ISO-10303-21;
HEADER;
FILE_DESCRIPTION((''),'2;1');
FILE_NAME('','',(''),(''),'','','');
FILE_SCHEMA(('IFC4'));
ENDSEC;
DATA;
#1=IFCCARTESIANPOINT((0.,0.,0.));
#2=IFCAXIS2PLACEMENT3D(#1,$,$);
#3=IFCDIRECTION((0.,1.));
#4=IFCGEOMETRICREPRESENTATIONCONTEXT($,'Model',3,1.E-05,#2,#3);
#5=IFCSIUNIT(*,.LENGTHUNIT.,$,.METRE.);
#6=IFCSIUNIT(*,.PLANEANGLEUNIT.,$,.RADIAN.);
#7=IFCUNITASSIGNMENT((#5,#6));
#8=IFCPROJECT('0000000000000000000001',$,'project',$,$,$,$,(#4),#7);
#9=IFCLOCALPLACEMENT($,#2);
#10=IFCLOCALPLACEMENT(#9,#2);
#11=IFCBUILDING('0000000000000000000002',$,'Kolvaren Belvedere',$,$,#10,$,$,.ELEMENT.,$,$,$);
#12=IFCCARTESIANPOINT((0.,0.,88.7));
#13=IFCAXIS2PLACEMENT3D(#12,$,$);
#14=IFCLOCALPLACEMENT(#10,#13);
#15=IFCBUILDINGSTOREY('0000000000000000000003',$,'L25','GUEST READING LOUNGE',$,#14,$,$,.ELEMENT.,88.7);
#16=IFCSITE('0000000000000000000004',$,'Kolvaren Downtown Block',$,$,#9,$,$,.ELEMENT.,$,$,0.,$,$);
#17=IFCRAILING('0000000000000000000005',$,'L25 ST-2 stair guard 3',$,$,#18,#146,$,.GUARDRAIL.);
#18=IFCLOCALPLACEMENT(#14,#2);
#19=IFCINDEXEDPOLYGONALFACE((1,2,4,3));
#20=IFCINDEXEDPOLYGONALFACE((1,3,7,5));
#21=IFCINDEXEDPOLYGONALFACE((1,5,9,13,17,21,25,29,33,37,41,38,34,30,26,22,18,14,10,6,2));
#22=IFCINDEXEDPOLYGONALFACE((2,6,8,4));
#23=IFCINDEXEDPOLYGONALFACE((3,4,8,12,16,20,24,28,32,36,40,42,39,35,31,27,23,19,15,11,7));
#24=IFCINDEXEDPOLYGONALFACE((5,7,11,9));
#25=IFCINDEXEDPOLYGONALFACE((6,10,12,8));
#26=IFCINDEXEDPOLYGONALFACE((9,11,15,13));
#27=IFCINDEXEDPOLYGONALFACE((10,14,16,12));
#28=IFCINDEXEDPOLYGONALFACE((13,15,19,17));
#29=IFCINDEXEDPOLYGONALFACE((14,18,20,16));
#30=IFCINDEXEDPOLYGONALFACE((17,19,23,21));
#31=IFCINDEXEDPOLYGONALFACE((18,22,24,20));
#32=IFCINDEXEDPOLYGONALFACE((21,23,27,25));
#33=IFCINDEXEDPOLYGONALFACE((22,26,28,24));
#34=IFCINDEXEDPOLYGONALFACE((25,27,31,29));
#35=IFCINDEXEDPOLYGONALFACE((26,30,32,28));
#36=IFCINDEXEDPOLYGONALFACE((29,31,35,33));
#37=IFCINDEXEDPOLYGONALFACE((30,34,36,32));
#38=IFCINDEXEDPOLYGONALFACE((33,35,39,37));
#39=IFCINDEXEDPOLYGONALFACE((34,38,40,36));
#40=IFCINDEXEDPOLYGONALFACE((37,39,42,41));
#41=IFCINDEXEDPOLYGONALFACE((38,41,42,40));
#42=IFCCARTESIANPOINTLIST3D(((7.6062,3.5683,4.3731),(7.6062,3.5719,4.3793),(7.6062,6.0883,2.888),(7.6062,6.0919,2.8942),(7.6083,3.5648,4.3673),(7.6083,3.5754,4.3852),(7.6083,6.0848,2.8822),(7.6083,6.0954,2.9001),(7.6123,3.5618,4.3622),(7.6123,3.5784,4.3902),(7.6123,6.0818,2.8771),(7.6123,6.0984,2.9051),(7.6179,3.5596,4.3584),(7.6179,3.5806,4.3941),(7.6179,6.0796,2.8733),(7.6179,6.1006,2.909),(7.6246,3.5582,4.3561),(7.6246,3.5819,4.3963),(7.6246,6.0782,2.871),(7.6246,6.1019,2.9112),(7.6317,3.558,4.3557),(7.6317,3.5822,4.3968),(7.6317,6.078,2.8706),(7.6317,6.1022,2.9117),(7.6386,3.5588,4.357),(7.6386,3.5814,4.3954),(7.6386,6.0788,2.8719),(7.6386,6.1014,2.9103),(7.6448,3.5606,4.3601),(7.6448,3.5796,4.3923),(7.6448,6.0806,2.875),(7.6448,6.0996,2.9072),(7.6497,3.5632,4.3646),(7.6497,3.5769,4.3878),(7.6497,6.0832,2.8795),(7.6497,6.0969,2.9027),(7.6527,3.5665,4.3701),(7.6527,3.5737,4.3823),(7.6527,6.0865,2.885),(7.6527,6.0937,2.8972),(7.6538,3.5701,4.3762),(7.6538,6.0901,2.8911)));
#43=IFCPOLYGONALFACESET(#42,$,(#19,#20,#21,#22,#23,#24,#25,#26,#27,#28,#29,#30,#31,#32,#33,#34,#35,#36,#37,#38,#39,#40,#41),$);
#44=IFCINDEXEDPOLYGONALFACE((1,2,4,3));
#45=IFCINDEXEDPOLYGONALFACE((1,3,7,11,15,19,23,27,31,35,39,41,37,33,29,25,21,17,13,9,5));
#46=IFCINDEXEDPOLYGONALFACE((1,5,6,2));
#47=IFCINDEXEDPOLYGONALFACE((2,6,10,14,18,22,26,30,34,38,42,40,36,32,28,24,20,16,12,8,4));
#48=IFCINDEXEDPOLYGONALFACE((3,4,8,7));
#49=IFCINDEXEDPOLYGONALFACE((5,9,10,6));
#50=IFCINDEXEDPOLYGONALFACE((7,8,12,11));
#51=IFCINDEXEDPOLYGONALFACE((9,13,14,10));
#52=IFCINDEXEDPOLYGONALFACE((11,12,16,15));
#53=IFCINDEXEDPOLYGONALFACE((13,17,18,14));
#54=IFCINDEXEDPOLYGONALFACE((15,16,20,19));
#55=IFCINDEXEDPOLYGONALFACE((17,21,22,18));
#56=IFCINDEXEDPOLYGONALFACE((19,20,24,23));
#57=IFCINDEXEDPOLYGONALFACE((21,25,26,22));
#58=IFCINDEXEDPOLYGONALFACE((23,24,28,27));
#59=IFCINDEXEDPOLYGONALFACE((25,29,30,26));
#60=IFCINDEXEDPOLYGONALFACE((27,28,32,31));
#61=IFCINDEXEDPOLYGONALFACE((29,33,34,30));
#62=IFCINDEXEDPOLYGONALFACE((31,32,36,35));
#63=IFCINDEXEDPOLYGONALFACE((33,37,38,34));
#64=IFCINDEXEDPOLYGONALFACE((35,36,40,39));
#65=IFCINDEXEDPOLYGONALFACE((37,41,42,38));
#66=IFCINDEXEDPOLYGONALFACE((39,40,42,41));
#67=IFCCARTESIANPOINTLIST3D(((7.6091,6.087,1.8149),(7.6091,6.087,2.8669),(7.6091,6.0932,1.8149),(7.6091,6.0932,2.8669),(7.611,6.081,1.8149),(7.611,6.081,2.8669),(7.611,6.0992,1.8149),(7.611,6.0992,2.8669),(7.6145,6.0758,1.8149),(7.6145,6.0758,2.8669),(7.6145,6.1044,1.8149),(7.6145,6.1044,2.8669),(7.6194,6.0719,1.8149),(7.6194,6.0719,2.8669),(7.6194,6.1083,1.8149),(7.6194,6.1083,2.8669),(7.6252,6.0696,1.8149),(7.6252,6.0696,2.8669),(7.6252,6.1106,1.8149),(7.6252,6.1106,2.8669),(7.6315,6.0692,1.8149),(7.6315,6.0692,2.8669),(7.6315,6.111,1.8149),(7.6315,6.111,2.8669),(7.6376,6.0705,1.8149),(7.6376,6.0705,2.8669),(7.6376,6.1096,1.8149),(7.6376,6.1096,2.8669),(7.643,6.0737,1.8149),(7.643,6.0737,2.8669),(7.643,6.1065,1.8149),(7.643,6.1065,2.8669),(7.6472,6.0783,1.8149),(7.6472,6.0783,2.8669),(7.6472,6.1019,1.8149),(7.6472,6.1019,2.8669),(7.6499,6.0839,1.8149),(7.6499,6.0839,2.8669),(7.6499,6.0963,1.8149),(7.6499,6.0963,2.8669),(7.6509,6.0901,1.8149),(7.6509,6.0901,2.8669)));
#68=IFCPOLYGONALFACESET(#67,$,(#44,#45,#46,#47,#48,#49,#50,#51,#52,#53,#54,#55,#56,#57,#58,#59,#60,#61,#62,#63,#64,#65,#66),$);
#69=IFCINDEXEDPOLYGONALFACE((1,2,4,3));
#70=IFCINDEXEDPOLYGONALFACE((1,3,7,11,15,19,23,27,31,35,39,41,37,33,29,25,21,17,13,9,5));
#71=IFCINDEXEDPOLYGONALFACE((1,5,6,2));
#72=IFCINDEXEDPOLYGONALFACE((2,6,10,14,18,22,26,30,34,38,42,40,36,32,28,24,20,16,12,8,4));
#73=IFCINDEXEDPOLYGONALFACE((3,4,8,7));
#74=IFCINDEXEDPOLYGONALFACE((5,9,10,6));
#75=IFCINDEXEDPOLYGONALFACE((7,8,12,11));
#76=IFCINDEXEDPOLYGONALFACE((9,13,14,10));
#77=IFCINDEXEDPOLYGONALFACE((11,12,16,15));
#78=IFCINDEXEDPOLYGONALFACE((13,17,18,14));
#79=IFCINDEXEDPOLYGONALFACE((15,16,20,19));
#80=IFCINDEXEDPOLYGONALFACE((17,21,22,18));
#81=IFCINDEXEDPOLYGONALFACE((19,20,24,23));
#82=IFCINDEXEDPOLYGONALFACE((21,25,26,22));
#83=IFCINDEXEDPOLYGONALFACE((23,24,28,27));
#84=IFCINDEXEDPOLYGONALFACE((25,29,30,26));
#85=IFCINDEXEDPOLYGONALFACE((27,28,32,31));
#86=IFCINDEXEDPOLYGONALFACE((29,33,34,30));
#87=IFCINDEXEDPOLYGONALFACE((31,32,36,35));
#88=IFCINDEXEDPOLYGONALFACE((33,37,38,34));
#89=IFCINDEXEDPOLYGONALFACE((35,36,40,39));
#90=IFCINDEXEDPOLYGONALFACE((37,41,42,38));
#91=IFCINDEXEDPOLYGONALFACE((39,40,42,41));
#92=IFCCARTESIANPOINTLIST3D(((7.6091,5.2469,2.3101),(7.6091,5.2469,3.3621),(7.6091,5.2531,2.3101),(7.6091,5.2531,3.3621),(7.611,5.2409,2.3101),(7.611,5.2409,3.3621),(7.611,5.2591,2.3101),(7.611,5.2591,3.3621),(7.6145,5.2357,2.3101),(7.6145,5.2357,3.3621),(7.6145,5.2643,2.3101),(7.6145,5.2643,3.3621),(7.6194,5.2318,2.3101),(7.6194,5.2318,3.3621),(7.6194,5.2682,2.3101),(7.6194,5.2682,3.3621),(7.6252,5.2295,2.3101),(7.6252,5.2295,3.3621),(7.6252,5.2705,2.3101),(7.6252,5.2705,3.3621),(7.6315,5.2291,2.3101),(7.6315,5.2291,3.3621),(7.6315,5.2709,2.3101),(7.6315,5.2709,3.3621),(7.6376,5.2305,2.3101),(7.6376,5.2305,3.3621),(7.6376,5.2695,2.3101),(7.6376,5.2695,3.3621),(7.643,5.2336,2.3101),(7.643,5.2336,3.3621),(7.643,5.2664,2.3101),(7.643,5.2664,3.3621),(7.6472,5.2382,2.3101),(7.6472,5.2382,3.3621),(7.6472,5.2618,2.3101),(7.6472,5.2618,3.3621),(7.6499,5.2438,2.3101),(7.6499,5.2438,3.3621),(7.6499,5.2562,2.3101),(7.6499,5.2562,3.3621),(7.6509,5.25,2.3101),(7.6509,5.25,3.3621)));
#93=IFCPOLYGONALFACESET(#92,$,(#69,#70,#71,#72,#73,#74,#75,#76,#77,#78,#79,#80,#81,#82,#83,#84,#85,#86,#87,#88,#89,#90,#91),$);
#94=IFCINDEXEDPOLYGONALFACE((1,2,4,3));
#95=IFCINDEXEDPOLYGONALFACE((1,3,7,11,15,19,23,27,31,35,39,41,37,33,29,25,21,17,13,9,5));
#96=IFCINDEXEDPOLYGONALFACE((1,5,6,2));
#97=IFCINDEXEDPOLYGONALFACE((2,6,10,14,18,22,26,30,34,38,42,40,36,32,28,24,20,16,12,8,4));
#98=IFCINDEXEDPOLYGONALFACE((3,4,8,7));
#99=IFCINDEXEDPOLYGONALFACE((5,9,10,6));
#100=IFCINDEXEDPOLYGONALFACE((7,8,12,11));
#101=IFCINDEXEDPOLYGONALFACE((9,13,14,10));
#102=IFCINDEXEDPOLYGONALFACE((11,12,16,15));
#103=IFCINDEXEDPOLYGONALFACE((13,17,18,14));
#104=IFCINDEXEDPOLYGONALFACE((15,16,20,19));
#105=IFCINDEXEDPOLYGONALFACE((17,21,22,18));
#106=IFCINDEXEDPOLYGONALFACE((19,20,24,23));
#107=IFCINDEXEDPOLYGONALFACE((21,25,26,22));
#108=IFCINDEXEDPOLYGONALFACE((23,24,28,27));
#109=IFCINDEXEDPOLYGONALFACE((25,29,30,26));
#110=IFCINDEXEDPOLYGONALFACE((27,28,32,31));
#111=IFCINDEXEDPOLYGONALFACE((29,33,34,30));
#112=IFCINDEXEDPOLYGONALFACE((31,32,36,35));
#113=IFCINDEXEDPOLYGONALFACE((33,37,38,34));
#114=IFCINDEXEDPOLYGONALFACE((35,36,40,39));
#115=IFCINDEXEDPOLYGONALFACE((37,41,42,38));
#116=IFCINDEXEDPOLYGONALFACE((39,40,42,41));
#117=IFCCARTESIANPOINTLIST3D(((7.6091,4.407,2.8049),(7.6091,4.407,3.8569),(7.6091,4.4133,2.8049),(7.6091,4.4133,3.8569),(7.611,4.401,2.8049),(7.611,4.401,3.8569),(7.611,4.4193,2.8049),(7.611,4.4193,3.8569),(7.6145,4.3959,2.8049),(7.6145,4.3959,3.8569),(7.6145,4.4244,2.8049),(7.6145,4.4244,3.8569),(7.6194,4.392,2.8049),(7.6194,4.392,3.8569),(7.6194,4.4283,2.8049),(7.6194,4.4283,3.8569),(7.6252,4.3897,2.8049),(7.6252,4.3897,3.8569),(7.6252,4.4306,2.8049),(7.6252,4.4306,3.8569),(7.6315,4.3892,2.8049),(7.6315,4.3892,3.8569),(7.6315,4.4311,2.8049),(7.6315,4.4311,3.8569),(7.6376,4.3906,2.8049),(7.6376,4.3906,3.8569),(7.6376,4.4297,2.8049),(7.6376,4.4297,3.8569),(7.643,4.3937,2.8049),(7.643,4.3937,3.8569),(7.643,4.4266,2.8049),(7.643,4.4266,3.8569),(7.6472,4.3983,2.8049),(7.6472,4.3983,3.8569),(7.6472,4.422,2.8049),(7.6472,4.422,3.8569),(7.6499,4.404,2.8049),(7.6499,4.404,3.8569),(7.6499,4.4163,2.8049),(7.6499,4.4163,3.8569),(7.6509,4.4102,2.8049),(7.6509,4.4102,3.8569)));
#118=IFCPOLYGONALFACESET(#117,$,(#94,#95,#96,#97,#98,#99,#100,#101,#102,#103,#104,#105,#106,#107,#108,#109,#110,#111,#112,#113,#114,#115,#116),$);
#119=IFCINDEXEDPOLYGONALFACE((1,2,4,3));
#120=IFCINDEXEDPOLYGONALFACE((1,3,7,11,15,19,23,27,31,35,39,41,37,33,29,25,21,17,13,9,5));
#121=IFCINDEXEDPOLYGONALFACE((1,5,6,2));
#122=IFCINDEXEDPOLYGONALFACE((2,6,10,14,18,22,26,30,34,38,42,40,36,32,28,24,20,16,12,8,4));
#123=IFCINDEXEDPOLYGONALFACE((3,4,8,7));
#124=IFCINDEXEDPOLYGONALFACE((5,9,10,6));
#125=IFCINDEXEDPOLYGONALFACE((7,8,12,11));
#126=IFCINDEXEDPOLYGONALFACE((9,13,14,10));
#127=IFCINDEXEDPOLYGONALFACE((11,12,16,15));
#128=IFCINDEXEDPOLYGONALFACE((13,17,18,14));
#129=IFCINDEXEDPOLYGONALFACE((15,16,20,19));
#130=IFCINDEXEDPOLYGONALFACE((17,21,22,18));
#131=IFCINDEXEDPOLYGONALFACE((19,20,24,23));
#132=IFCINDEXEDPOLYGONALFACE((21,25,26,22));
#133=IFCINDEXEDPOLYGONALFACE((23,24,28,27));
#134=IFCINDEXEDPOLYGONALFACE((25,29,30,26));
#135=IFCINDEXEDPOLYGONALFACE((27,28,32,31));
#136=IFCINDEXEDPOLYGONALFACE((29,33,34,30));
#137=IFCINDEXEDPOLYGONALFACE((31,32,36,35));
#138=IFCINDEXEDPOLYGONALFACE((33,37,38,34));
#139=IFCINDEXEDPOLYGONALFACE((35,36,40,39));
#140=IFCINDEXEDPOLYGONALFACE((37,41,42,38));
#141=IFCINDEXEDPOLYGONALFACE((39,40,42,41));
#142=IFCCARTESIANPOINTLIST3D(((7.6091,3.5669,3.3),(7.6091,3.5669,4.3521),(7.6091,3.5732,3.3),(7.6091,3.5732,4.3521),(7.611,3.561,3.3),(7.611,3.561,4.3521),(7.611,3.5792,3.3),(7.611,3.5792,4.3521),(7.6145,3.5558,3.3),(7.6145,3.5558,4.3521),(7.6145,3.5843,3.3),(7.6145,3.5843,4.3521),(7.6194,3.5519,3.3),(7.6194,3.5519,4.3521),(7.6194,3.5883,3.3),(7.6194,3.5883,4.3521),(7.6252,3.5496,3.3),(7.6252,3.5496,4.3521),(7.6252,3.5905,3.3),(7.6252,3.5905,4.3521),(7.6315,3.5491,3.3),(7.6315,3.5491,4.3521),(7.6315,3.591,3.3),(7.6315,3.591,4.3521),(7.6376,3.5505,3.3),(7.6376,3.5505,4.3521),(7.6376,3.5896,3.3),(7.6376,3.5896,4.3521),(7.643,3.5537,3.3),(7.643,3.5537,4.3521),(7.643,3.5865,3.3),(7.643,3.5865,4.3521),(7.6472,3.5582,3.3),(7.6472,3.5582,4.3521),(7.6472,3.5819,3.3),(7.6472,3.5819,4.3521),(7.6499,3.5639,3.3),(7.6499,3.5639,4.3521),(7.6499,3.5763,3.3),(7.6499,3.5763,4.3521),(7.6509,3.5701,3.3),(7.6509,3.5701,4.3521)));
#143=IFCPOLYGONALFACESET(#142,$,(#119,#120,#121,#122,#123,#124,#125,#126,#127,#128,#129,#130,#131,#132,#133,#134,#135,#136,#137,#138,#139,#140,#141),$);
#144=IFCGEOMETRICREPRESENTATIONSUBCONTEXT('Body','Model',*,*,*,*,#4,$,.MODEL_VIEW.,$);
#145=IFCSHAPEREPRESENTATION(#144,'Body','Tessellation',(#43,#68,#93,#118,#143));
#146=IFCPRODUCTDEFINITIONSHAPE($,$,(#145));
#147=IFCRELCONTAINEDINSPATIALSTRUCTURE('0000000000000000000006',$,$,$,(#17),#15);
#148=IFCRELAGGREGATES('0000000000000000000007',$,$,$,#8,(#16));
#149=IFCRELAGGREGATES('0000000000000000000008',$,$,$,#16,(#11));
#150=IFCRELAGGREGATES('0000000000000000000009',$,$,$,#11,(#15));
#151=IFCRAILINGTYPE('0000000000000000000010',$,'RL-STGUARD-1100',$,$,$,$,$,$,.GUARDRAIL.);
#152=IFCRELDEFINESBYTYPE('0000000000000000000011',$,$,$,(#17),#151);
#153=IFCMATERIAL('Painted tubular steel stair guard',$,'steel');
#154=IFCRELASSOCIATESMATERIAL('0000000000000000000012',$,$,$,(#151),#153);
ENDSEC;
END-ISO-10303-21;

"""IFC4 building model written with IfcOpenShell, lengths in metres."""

from ifc_helpers import new_model, si_unit, direction, frame, origin, origin_2d, place, context, subcontext, project, spatial, circle, extrude, material, type_object, element, save


model = new_model("IFC4")

# Units and contexts
model_context = context("Model", 3, precision=1e-05, world=origin(), true_north=direction((0.0, 1.0)))
body_context = subcontext(model_context, "Body", "Model", "MODEL_VIEW")
ifc_project = project(units=[si_unit("LENGTHUNIT", "METRE"), si_unit("PLANEANGLEUNIT", "RADIAN")], contexts=[model_context])

# Site, building, storey
site_placement = place(None, origin())
site = spatial("IfcSite", under=ifc_project, at=site_placement, Name="Kolvaren Downtown Block", CompositionType="ELEMENT", RefElevation=0.0)
building_placement = place(site_placement, origin())
building = spatial("IfcBuilding", under=site, at=building_placement, Name="Kolvaren Belvedere", CompositionType="ELEMENT")
storey_placement = place(building_placement, frame((0.0, 0.0, 88.7)))
storey = spatial("IfcBuildingStorey", under=building, at=storey_placement, Name="L25", Description="GUEST READING LOUNGE", CompositionType="ELEMENT", Elevation=88.7)

# Railing
ifc_material_1 = material(Name="Painted tubular steel stair guard", Category="steel")
railing_type_1 = type_object("IfcRailingType", Name="RL-STGUARD-1100", PredefinedType="GUARDRAIL", material=ifc_material_1)
railing_1_placement = place(storey_placement, frame((7.6299, 6.0901, 1.8149)))
element("IfcRailing", 1, at=railing_1_placement, inside=storey, type_object=railing_type_1, Name="L25 ST-2 stair guard 3", PredefinedType="GUARDRAIL", context=body_context, shape_type="SweptSolid", body=[
    extrude(circle(Radius=0.0239, at=origin_2d()), frame((0.0, 0.0, 1.0762), z_axis=(0.0, -0.861524, 0.507717), x_axis=(1.0, 0.0, 0.0)), (0.0, 0.0, 1.0), 2.925),
    extrude(circle(Radius=0.021, at=origin_2d()), origin(), (0.0, 0.0, 1.0), 1.052),
    extrude(circle(Radius=0.021, at=origin_2d()), frame((0.0, -0.8401, 0.4951)), (0.0, 0.0, 1.0), 1.052),
    extrude(circle(Radius=0.021, at=origin_2d()), frame((0.0, -1.6799, 0.99)), (0.0, 0.0, 1.0), 1.052),
    extrude(circle(Radius=0.021, at=origin_2d()), frame((0.0, -2.52, 1.4851)), (0.0, 0.0, 1.0), 1.052),
])

save(model, "model.ifc")
